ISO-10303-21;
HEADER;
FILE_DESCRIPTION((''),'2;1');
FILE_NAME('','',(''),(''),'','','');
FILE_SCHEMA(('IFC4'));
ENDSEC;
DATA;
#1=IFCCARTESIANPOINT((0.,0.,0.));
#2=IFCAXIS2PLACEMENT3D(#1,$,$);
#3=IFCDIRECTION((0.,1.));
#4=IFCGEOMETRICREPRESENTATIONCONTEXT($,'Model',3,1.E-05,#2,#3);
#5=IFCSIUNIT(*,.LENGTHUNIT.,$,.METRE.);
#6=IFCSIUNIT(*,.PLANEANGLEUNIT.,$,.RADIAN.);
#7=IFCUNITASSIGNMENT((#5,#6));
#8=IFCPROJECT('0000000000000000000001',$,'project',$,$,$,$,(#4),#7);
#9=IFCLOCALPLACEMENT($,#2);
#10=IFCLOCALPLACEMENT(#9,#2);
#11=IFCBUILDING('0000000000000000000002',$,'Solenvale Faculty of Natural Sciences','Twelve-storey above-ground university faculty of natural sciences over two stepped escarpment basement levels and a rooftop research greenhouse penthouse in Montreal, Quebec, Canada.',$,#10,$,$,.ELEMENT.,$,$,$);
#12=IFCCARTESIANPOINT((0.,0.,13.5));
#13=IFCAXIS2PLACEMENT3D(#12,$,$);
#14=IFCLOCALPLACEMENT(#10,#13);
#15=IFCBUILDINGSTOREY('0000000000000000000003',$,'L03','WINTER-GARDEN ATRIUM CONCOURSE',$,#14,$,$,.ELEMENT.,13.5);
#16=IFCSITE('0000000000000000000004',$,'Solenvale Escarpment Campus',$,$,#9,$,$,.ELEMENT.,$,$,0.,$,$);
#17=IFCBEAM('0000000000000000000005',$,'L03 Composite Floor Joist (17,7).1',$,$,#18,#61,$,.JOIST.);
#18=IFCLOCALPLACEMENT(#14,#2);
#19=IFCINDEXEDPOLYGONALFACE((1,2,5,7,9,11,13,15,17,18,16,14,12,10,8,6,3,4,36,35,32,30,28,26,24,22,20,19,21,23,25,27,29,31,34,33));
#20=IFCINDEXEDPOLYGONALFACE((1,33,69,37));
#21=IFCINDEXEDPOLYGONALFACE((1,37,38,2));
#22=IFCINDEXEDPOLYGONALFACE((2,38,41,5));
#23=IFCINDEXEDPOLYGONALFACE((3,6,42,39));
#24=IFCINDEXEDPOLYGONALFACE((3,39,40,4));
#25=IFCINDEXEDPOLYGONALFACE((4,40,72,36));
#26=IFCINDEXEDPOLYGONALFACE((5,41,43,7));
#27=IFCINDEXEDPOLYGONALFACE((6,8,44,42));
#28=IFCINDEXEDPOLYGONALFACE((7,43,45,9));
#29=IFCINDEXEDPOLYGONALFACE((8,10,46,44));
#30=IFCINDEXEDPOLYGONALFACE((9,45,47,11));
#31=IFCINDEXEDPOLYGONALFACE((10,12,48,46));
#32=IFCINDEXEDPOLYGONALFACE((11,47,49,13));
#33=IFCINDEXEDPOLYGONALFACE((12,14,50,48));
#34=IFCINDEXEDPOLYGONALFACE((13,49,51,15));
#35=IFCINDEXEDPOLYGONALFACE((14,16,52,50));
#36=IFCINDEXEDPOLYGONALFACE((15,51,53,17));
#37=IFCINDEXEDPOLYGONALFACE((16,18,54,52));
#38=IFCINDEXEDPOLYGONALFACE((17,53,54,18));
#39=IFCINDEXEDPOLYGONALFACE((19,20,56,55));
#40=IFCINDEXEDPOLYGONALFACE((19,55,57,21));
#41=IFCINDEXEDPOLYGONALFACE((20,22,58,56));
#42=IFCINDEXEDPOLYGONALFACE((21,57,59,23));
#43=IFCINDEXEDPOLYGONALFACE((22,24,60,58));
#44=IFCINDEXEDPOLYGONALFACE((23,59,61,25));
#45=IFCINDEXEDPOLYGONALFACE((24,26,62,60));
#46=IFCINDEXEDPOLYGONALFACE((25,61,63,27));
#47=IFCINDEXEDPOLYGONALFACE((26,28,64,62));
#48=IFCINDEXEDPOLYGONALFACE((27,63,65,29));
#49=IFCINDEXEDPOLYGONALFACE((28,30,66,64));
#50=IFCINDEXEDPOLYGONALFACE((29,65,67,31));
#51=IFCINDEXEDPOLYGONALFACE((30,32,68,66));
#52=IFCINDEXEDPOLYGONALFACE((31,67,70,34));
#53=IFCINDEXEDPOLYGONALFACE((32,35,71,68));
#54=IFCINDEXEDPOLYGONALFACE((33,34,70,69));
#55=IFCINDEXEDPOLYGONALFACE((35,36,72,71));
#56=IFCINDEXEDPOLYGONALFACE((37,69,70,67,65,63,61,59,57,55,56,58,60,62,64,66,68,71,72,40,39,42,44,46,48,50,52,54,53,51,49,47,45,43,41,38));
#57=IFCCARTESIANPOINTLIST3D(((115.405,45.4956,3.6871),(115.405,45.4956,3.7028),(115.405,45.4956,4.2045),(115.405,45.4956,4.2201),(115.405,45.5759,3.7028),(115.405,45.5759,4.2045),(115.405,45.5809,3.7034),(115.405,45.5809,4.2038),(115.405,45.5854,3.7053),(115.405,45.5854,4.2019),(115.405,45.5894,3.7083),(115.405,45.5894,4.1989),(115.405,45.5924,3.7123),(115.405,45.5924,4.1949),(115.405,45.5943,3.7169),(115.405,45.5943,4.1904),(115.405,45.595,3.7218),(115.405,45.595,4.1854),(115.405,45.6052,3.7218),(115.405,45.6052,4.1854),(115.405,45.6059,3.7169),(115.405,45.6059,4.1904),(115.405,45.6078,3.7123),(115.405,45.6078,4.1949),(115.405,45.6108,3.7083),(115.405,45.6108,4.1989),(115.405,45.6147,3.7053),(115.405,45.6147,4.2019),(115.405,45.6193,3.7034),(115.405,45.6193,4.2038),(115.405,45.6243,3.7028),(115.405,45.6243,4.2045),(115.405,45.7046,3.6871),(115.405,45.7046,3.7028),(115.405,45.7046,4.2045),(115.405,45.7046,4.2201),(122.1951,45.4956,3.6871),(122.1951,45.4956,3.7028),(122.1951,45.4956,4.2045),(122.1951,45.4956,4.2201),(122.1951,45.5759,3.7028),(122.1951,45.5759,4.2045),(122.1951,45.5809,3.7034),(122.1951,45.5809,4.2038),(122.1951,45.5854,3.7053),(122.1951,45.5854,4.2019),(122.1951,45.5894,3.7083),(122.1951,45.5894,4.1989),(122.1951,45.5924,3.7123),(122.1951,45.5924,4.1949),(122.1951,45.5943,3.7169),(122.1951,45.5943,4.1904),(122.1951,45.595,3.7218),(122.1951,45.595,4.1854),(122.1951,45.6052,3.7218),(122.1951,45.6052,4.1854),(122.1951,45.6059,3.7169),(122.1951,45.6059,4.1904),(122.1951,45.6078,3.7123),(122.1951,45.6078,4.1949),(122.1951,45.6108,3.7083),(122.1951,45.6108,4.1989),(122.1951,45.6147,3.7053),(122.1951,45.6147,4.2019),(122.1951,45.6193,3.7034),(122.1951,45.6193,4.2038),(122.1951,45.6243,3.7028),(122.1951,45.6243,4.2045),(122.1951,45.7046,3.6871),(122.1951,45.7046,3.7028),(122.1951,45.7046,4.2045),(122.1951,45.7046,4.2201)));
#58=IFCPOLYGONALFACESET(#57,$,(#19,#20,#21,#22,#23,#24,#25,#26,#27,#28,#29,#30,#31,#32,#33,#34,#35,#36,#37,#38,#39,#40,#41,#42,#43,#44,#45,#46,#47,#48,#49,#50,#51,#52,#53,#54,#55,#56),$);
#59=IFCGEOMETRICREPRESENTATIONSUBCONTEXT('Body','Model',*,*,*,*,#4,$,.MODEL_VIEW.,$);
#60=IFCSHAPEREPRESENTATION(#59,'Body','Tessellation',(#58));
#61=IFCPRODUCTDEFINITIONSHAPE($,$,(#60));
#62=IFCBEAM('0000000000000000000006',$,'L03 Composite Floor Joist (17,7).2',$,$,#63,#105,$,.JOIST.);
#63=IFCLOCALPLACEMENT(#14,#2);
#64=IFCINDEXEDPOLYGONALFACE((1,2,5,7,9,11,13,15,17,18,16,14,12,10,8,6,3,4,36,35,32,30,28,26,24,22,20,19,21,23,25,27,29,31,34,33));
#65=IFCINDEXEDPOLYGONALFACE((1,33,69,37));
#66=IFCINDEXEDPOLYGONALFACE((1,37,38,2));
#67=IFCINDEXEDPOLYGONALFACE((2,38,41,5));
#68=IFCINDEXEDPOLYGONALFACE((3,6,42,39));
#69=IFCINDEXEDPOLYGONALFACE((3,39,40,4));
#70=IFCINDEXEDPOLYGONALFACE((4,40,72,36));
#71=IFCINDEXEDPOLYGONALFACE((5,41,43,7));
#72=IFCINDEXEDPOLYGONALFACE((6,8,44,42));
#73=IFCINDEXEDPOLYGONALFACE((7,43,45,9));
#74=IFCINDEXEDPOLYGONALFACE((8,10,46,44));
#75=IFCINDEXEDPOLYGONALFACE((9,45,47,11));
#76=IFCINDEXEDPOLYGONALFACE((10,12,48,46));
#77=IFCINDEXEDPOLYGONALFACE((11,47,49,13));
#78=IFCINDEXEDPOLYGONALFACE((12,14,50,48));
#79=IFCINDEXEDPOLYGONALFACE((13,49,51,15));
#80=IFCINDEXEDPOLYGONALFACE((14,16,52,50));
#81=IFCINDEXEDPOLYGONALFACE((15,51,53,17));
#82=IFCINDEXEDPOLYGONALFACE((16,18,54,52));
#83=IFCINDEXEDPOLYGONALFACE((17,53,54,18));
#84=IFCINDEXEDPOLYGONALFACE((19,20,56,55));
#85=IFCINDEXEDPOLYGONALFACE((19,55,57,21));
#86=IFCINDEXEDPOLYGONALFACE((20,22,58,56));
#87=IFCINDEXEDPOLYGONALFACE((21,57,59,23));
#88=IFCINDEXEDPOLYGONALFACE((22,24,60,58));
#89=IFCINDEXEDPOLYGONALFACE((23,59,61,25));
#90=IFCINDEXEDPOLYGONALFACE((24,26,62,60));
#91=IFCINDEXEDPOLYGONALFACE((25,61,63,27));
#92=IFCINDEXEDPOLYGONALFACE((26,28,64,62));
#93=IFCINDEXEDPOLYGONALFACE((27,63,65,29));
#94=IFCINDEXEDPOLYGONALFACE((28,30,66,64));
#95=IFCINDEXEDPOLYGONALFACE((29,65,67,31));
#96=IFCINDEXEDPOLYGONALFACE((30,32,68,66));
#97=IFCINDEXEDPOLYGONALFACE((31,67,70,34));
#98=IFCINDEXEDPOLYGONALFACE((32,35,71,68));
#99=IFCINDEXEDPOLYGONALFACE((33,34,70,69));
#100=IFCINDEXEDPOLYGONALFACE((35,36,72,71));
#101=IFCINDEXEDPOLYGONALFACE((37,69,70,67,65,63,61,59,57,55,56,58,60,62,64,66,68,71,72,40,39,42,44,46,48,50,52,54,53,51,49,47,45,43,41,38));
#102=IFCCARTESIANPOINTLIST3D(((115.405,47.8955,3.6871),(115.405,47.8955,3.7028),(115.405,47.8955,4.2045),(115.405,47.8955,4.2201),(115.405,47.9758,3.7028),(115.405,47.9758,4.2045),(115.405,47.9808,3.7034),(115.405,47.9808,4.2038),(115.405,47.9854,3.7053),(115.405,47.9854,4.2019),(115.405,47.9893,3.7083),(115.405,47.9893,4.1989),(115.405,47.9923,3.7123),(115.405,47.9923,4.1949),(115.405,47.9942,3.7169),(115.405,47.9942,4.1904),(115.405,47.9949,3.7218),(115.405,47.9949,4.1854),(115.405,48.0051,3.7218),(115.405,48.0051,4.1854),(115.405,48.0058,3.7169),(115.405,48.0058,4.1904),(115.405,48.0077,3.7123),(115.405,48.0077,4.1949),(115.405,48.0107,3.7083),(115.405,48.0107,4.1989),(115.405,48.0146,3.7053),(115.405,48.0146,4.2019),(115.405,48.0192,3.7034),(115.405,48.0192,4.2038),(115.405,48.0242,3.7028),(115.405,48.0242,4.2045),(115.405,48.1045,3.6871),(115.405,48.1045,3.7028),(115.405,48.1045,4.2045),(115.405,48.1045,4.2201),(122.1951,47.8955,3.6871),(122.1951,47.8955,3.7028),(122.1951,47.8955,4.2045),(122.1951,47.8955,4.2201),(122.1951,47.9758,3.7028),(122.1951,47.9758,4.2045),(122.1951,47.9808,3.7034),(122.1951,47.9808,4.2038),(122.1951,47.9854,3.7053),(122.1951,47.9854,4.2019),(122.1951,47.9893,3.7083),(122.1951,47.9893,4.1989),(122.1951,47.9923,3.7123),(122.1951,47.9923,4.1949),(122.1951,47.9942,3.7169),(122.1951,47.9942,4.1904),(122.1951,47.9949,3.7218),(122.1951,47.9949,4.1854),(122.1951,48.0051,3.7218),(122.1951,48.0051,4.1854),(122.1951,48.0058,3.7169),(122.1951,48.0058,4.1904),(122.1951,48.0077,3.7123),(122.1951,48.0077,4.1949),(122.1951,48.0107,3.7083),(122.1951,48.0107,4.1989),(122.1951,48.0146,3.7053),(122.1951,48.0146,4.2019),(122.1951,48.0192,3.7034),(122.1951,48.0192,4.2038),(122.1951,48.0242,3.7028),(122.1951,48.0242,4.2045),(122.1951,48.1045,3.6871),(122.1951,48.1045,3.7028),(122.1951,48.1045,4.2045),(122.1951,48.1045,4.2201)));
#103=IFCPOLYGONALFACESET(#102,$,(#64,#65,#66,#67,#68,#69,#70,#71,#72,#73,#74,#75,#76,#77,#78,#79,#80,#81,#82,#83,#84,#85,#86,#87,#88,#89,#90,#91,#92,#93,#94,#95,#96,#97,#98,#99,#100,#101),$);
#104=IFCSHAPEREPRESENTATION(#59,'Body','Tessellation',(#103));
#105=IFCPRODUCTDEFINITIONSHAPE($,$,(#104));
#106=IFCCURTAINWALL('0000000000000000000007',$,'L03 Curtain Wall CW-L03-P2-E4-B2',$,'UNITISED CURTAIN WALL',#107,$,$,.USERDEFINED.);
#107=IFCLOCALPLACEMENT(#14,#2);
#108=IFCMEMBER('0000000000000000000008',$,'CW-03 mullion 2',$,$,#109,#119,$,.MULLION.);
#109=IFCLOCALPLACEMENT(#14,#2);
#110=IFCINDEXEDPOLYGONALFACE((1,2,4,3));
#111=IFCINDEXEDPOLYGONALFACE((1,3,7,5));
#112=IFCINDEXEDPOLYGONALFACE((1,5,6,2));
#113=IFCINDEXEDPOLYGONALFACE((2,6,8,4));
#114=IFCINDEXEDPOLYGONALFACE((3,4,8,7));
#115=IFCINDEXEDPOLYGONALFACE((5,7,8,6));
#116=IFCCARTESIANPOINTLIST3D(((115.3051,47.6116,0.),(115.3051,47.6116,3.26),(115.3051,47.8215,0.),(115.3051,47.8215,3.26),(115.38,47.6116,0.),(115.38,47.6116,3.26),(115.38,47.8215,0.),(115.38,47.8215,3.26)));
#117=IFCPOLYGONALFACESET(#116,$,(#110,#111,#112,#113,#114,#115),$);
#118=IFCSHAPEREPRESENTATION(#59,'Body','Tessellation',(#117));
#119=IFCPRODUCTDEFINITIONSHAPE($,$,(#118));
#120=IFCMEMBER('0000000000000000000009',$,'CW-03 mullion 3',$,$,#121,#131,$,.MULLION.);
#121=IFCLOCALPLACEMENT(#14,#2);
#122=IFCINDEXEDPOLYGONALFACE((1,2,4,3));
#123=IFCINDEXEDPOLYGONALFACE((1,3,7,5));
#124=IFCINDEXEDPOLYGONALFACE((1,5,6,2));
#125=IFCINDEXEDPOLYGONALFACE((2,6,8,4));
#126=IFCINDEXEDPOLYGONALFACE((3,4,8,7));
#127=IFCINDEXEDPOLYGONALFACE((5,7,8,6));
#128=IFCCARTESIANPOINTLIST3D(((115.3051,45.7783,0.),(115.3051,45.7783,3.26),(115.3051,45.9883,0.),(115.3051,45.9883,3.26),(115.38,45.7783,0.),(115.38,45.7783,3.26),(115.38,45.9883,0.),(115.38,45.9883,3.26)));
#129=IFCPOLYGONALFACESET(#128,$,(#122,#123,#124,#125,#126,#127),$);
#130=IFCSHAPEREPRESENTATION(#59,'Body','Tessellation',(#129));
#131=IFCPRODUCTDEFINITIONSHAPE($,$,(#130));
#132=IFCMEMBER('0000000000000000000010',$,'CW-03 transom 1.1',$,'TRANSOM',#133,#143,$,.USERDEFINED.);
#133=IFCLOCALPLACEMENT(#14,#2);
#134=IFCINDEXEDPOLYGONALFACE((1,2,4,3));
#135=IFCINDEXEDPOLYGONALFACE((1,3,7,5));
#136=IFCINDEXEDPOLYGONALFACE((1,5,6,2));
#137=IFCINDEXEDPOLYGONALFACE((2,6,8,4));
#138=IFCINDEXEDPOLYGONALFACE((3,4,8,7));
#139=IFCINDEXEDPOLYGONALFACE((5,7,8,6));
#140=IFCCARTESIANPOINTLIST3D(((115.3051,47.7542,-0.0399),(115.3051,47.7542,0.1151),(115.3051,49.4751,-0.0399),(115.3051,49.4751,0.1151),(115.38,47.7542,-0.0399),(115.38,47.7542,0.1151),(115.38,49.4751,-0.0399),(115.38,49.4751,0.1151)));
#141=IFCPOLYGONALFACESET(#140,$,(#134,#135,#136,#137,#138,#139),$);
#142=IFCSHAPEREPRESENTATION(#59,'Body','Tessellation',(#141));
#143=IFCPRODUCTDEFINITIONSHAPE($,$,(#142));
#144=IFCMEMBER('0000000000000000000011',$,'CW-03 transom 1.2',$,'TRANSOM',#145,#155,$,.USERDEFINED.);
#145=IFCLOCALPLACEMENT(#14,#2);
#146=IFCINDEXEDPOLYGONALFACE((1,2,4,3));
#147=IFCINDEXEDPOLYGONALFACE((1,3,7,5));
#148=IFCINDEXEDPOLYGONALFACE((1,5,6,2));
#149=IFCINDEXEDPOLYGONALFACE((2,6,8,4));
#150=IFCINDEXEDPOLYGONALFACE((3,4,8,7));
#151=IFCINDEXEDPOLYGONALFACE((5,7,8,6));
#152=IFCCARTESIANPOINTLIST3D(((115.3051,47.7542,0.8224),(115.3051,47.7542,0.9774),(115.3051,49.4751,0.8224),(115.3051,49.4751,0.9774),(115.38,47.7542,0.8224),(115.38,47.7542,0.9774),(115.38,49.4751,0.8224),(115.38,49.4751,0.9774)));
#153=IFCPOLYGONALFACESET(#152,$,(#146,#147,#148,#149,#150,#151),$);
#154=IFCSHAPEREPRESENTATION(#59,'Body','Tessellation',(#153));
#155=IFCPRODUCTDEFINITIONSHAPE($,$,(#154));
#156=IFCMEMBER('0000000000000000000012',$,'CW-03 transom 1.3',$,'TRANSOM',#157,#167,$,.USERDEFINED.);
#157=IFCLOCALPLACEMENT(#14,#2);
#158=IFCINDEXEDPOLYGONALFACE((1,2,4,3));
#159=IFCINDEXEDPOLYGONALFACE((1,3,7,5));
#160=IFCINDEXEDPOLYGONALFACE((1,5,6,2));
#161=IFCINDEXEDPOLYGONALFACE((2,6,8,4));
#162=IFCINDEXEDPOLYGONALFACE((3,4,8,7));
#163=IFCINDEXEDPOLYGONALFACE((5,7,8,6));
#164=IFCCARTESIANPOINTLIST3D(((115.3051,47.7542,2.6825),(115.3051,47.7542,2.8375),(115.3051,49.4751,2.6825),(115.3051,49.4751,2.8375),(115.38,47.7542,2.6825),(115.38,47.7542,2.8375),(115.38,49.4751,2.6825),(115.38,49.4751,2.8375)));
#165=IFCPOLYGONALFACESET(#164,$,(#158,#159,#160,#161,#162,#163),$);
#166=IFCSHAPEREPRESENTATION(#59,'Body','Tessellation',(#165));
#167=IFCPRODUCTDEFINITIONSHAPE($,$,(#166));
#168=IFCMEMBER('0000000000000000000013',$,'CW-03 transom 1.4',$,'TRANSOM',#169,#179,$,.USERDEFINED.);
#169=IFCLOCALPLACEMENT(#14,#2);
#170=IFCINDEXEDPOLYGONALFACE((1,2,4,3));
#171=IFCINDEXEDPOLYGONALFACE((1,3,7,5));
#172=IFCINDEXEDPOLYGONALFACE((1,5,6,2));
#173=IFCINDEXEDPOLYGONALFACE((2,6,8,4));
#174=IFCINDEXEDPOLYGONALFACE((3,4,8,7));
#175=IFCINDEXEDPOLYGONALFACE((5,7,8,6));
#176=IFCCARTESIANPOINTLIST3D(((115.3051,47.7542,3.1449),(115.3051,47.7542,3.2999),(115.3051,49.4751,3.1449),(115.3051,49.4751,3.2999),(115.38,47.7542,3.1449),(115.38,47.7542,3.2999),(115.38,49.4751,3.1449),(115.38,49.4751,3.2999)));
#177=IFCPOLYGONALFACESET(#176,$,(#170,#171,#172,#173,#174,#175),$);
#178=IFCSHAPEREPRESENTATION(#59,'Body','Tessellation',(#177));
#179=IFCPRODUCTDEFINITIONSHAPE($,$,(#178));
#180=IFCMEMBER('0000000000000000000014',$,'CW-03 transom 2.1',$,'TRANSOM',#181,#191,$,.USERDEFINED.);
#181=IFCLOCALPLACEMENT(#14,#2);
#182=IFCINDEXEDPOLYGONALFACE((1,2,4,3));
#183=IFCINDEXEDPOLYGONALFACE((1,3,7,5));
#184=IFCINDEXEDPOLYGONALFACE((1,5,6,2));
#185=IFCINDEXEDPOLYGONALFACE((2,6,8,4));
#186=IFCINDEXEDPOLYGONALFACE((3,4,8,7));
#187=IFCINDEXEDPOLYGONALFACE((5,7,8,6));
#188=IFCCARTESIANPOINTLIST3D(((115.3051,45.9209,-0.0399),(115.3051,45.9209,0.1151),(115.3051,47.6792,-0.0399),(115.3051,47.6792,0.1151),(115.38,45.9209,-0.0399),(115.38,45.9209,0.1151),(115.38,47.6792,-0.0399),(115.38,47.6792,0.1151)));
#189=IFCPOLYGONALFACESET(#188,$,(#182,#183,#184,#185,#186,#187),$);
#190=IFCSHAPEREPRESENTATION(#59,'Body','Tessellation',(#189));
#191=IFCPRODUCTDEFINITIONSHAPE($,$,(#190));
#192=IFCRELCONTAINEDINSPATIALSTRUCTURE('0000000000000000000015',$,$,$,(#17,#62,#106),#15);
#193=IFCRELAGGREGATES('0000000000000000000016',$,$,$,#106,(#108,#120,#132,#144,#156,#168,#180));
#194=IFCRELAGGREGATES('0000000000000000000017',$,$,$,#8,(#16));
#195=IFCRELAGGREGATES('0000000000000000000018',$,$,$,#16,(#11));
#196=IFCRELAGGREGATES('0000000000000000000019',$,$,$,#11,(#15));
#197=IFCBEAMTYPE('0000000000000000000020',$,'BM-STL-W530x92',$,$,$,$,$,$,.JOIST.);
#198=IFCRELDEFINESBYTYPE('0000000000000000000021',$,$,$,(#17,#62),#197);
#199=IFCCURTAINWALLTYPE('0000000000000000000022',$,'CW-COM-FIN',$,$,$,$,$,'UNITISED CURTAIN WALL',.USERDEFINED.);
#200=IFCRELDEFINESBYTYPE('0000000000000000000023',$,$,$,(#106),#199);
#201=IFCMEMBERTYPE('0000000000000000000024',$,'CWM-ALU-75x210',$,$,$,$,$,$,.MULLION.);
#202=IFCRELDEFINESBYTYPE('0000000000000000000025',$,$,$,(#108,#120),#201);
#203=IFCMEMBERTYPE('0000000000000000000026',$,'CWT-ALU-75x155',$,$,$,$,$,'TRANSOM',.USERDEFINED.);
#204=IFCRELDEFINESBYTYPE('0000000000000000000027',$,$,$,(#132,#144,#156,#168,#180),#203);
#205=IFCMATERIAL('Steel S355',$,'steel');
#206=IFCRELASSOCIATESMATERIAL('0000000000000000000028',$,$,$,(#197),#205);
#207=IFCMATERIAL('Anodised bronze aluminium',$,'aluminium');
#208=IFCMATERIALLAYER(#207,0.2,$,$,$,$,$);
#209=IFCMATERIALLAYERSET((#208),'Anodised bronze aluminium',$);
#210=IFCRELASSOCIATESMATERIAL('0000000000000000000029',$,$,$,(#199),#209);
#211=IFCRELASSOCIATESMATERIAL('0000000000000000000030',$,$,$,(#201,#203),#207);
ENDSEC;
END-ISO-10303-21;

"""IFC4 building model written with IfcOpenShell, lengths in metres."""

from ifc_helpers import new_model, si_unit, direction, frame, origin, origin_2d, place, context, subcontext, project, spatial, rectangle, i_section, extrude, material, layer, layer_set, material_profile, profile_set, type_object, element, aggregate, save


model = new_model("IFC4")

# Units and contexts
model_context = context("Model", 3, precision=1e-05, world=origin(), true_north=direction((0.0, 1.0)))
body_context = subcontext(model_context, "Body", "Model", "MODEL_VIEW")
ifc_project = project(units=[si_unit("LENGTHUNIT", "METRE"), si_unit("PLANEANGLEUNIT", "RADIAN")], contexts=[model_context])

# Site, building, storey
site_placement = place(None, origin())
site = spatial("IfcSite", under=ifc_project, at=site_placement, Name="Solenvale Escarpment Campus", CompositionType="ELEMENT", RefElevation=0.0)
building_placement = place(site_placement, origin())
building = spatial("IfcBuilding", under=site, at=building_placement, Name="Solenvale Faculty of Natural Sciences", Description="Twelve-storey above-ground university faculty of natural sciences over two stepped escarpment basement levels and a rooftop research greenhouse penthouse in Montreal, Quebec, Canada.", CompositionType="ELEMENT")
storey_placement = place(building_placement, frame((0.0, 0.0, 13.5)))
storey = spatial("IfcBuildingStorey", under=building, at=storey_placement, Name="L03", Description="WINTER-GARDEN ATRIUM CONCOURSE", CompositionType="ELEMENT", Elevation=13.5)

# Beams
ifc_material_1 = material(Name="Steel S355", Category="steel")
ifc_material_profile_1 = material_profile(ifc_material_1, i_section(OverallWidth=0.209, OverallDepth=0.533, WebThickness=0.0103, FlangeThickness=0.0156, FilletRadius=0.019, at=origin_2d()), Name="W530x92")
ifc_profile_set_1 = profile_set([ifc_material_profile_1], Name="Steel S355")
beam_type = type_object("IfcBeamType", Name="BM-STL-W530x92", PredefinedType="JOIST", material=ifc_profile_set_1)
for number, where, z_axis, x_axis, name in (
    (1, (115.405, 45.6001, 3.9536), (1.0, 0.0, 0.0), (0.0, 1.0, 0.0), "L03 Composite Floor Joist (17,7).1"),
    (2, (115.405, 48.0, 3.9536), (1.0, 0.0, 0.0), (0.0, 1.0, 0.0), "L03 Composite Floor Joist (17,7).2"),
):
    element("IfcBeam", number, at=place(storey_placement, frame(where, z_axis=z_axis, x_axis=x_axis)), inside=storey, type_object=beam_type, Name=name, PredefinedType="JOIST", context=body_context, shape_type="SweptSolid", body=[
        extrude(i_section(OverallWidth=0.209, OverallDepth=0.533, WebThickness=0.0103, FlangeThickness=0.0156, FilletRadius=0.019, at=origin_2d()), origin(), (0.0, 0.0, 1.0), 6.79),
    ])

# Curtain wall, members
ifc_material_2 = material(Name="Anodised bronze aluminium", Category="aluminium")
ifc_layer_1 = layer(ifc_material_2, 0.2)
ifc_layer_set_1 = layer_set([ifc_layer_1], Name="Anodised bronze aluminium")
curtain_wall_type = type_object("IfcCurtainWallType", Name="CW-COM-FIN", ElementType="UNITISED CURTAIN WALL", PredefinedType="USERDEFINED", material=ifc_layer_set_1)
curtain_wall_placement = place(storey_placement, origin())
curtain_wall = element("IfcCurtainWall", 3, at=curtain_wall_placement, inside=storey, type_object=curtain_wall_type, Name="L03 Curtain Wall CW-L03-P2-E4-B2", ObjectType="UNITISED CURTAIN WALL", PredefinedType="USERDEFINED")
ifc_material_profile_2 = material_profile(ifc_material_2, rectangle(XDim=0.075, YDim=0.21, at=origin_2d()), Name="ALU-MUL-75x210")
ifc_profile_set_2 = profile_set([ifc_material_profile_2], Name="Anodised bronze aluminium")
member_type_1 = type_object("IfcMemberType", Name="CWM-ALU-75x210", PredefinedType="MULLION", material=ifc_profile_set_2)
member_1_placement = place(storey_placement, frame((115.3425, 47.7166, 0.0), z_axis=(0.0, 0.0, 1.0), x_axis=(1.0, 0.0, 0.0)))
member_1 = element("IfcMember", 4, at=member_1_placement, type_object=member_type_1, Name="CW-03 mullion 2", PredefinedType="MULLION", context=body_context, shape_type="SweptSolid", body=[
    extrude(rectangle(XDim=0.075, YDim=0.21, at=origin_2d()), origin(), (0.0, 0.0, 1.0), 3.26),
])
member_2_placement = place(storey_placement, frame((115.3425, 45.8833, 0.0), z_axis=(0.0, 0.0, 1.0), x_axis=(1.0, 0.0, 0.0)))
member_2 = element("IfcMember", 5, at=member_2_placement, type_object=member_type_1, Name="CW-03 mullion 3", PredefinedType="MULLION", context=body_context, shape_type="SweptSolid", body=[
    extrude(rectangle(XDim=0.075, YDim=0.21, at=origin_2d()), origin(), (0.0, 0.0, 1.0), 3.26),
])
ifc_material_profile_3 = material_profile(ifc_material_2, rectangle(XDim=0.075, YDim=0.155, at=origin_2d()), Name="ALU-TRN-75x155")
ifc_profile_set_3 = profile_set([ifc_material_profile_3], Name="Anodised bronze aluminium")
member_type_2 = type_object("IfcMemberType", Name="CWT-ALU-75x155", ElementType="TRANSOM", PredefinedType="USERDEFINED", material=ifc_profile_set_3)
member_3_placement = place(storey_placement, frame((115.3425, 49.4751, 0.0376), z_axis=(0.0, -1.0, 0.0), x_axis=(1.0, 0.0, 0.0)))
member_3 = element("IfcMember", 6, at=member_3_placement, type_object=member_type_2, Name="CW-03 transom 1.1", ObjectType="TRANSOM", PredefinedType="USERDEFINED", context=body_context, shape_type="SweptSolid", body=[
    extrude(rectangle(XDim=0.075, YDim=0.155, at=origin_2d()), origin(), (0.0, 0.0, 1.0), 1.7209),
])
member_4_placement = place(storey_placement, frame((115.3425, 49.4751, 0.8999), z_axis=(0.0, -1.0, 0.0), x_axis=(1.0, 0.0, 0.0)))
member_4 = element("IfcMember", 7, at=member_4_placement, type_object=member_type_2, Name="CW-03 transom 1.2", ObjectType="TRANSOM", PredefinedType="USERDEFINED", context=body_context, shape_type="SweptSolid", body=[
    extrude(rectangle(XDim=0.075, YDim=0.155, at=origin_2d()), origin(), (0.0, 0.0, 1.0), 1.7209),
])
member_5_placement = place(storey_placement, frame((115.3425, 49.4751, 2.76), z_axis=(0.0, -1.0, 0.0), x_axis=(1.0, 0.0, 0.0)))
member_5 = element("IfcMember", 8, at=member_5_placement, type_object=member_type_2, Name="CW-03 transom 1.3", ObjectType="TRANSOM", PredefinedType="USERDEFINED", context=body_context, shape_type="SweptSolid", body=[
    extrude(rectangle(XDim=0.075, YDim=0.155, at=origin_2d()), origin(), (0.0, 0.0, 1.0), 1.7209),
])
member_6_placement = place(storey_placement, frame((115.3425, 49.4751, 3.2224), z_axis=(0.0, -1.0, 0.0), x_axis=(1.0, 0.0, 0.0)))
member_6 = element("IfcMember", 9, at=member_6_placement, type_object=member_type_2, Name="CW-03 transom 1.4", ObjectType="TRANSOM", PredefinedType="USERDEFINED", context=body_context, shape_type="SweptSolid", body=[
    extrude(rectangle(XDim=0.075, YDim=0.155, at=origin_2d()), origin(), (0.0, 0.0, 1.0), 1.7209),
])
member_7_placement = place(storey_placement, frame((115.3425, 47.6792, 0.0376), z_axis=(0.0, -1.0, 0.0), x_axis=(1.0, 0.0, 0.0)))
member_7 = element("IfcMember", 10, at=member_7_placement, type_object=member_type_2, Name="CW-03 transom 2.1", ObjectType="TRANSOM", PredefinedType="USERDEFINED", context=body_context, shape_type="SweptSolid", body=[
    extrude(rectangle(XDim=0.075, YDim=0.155, at=origin_2d()), origin(), (0.0, 0.0, 1.0), 1.7583),
])
aggregate(curtain_wall, [member_1, member_2, member_3, member_4, member_5, member_6, member_7])

save(model, "model.ifc")
